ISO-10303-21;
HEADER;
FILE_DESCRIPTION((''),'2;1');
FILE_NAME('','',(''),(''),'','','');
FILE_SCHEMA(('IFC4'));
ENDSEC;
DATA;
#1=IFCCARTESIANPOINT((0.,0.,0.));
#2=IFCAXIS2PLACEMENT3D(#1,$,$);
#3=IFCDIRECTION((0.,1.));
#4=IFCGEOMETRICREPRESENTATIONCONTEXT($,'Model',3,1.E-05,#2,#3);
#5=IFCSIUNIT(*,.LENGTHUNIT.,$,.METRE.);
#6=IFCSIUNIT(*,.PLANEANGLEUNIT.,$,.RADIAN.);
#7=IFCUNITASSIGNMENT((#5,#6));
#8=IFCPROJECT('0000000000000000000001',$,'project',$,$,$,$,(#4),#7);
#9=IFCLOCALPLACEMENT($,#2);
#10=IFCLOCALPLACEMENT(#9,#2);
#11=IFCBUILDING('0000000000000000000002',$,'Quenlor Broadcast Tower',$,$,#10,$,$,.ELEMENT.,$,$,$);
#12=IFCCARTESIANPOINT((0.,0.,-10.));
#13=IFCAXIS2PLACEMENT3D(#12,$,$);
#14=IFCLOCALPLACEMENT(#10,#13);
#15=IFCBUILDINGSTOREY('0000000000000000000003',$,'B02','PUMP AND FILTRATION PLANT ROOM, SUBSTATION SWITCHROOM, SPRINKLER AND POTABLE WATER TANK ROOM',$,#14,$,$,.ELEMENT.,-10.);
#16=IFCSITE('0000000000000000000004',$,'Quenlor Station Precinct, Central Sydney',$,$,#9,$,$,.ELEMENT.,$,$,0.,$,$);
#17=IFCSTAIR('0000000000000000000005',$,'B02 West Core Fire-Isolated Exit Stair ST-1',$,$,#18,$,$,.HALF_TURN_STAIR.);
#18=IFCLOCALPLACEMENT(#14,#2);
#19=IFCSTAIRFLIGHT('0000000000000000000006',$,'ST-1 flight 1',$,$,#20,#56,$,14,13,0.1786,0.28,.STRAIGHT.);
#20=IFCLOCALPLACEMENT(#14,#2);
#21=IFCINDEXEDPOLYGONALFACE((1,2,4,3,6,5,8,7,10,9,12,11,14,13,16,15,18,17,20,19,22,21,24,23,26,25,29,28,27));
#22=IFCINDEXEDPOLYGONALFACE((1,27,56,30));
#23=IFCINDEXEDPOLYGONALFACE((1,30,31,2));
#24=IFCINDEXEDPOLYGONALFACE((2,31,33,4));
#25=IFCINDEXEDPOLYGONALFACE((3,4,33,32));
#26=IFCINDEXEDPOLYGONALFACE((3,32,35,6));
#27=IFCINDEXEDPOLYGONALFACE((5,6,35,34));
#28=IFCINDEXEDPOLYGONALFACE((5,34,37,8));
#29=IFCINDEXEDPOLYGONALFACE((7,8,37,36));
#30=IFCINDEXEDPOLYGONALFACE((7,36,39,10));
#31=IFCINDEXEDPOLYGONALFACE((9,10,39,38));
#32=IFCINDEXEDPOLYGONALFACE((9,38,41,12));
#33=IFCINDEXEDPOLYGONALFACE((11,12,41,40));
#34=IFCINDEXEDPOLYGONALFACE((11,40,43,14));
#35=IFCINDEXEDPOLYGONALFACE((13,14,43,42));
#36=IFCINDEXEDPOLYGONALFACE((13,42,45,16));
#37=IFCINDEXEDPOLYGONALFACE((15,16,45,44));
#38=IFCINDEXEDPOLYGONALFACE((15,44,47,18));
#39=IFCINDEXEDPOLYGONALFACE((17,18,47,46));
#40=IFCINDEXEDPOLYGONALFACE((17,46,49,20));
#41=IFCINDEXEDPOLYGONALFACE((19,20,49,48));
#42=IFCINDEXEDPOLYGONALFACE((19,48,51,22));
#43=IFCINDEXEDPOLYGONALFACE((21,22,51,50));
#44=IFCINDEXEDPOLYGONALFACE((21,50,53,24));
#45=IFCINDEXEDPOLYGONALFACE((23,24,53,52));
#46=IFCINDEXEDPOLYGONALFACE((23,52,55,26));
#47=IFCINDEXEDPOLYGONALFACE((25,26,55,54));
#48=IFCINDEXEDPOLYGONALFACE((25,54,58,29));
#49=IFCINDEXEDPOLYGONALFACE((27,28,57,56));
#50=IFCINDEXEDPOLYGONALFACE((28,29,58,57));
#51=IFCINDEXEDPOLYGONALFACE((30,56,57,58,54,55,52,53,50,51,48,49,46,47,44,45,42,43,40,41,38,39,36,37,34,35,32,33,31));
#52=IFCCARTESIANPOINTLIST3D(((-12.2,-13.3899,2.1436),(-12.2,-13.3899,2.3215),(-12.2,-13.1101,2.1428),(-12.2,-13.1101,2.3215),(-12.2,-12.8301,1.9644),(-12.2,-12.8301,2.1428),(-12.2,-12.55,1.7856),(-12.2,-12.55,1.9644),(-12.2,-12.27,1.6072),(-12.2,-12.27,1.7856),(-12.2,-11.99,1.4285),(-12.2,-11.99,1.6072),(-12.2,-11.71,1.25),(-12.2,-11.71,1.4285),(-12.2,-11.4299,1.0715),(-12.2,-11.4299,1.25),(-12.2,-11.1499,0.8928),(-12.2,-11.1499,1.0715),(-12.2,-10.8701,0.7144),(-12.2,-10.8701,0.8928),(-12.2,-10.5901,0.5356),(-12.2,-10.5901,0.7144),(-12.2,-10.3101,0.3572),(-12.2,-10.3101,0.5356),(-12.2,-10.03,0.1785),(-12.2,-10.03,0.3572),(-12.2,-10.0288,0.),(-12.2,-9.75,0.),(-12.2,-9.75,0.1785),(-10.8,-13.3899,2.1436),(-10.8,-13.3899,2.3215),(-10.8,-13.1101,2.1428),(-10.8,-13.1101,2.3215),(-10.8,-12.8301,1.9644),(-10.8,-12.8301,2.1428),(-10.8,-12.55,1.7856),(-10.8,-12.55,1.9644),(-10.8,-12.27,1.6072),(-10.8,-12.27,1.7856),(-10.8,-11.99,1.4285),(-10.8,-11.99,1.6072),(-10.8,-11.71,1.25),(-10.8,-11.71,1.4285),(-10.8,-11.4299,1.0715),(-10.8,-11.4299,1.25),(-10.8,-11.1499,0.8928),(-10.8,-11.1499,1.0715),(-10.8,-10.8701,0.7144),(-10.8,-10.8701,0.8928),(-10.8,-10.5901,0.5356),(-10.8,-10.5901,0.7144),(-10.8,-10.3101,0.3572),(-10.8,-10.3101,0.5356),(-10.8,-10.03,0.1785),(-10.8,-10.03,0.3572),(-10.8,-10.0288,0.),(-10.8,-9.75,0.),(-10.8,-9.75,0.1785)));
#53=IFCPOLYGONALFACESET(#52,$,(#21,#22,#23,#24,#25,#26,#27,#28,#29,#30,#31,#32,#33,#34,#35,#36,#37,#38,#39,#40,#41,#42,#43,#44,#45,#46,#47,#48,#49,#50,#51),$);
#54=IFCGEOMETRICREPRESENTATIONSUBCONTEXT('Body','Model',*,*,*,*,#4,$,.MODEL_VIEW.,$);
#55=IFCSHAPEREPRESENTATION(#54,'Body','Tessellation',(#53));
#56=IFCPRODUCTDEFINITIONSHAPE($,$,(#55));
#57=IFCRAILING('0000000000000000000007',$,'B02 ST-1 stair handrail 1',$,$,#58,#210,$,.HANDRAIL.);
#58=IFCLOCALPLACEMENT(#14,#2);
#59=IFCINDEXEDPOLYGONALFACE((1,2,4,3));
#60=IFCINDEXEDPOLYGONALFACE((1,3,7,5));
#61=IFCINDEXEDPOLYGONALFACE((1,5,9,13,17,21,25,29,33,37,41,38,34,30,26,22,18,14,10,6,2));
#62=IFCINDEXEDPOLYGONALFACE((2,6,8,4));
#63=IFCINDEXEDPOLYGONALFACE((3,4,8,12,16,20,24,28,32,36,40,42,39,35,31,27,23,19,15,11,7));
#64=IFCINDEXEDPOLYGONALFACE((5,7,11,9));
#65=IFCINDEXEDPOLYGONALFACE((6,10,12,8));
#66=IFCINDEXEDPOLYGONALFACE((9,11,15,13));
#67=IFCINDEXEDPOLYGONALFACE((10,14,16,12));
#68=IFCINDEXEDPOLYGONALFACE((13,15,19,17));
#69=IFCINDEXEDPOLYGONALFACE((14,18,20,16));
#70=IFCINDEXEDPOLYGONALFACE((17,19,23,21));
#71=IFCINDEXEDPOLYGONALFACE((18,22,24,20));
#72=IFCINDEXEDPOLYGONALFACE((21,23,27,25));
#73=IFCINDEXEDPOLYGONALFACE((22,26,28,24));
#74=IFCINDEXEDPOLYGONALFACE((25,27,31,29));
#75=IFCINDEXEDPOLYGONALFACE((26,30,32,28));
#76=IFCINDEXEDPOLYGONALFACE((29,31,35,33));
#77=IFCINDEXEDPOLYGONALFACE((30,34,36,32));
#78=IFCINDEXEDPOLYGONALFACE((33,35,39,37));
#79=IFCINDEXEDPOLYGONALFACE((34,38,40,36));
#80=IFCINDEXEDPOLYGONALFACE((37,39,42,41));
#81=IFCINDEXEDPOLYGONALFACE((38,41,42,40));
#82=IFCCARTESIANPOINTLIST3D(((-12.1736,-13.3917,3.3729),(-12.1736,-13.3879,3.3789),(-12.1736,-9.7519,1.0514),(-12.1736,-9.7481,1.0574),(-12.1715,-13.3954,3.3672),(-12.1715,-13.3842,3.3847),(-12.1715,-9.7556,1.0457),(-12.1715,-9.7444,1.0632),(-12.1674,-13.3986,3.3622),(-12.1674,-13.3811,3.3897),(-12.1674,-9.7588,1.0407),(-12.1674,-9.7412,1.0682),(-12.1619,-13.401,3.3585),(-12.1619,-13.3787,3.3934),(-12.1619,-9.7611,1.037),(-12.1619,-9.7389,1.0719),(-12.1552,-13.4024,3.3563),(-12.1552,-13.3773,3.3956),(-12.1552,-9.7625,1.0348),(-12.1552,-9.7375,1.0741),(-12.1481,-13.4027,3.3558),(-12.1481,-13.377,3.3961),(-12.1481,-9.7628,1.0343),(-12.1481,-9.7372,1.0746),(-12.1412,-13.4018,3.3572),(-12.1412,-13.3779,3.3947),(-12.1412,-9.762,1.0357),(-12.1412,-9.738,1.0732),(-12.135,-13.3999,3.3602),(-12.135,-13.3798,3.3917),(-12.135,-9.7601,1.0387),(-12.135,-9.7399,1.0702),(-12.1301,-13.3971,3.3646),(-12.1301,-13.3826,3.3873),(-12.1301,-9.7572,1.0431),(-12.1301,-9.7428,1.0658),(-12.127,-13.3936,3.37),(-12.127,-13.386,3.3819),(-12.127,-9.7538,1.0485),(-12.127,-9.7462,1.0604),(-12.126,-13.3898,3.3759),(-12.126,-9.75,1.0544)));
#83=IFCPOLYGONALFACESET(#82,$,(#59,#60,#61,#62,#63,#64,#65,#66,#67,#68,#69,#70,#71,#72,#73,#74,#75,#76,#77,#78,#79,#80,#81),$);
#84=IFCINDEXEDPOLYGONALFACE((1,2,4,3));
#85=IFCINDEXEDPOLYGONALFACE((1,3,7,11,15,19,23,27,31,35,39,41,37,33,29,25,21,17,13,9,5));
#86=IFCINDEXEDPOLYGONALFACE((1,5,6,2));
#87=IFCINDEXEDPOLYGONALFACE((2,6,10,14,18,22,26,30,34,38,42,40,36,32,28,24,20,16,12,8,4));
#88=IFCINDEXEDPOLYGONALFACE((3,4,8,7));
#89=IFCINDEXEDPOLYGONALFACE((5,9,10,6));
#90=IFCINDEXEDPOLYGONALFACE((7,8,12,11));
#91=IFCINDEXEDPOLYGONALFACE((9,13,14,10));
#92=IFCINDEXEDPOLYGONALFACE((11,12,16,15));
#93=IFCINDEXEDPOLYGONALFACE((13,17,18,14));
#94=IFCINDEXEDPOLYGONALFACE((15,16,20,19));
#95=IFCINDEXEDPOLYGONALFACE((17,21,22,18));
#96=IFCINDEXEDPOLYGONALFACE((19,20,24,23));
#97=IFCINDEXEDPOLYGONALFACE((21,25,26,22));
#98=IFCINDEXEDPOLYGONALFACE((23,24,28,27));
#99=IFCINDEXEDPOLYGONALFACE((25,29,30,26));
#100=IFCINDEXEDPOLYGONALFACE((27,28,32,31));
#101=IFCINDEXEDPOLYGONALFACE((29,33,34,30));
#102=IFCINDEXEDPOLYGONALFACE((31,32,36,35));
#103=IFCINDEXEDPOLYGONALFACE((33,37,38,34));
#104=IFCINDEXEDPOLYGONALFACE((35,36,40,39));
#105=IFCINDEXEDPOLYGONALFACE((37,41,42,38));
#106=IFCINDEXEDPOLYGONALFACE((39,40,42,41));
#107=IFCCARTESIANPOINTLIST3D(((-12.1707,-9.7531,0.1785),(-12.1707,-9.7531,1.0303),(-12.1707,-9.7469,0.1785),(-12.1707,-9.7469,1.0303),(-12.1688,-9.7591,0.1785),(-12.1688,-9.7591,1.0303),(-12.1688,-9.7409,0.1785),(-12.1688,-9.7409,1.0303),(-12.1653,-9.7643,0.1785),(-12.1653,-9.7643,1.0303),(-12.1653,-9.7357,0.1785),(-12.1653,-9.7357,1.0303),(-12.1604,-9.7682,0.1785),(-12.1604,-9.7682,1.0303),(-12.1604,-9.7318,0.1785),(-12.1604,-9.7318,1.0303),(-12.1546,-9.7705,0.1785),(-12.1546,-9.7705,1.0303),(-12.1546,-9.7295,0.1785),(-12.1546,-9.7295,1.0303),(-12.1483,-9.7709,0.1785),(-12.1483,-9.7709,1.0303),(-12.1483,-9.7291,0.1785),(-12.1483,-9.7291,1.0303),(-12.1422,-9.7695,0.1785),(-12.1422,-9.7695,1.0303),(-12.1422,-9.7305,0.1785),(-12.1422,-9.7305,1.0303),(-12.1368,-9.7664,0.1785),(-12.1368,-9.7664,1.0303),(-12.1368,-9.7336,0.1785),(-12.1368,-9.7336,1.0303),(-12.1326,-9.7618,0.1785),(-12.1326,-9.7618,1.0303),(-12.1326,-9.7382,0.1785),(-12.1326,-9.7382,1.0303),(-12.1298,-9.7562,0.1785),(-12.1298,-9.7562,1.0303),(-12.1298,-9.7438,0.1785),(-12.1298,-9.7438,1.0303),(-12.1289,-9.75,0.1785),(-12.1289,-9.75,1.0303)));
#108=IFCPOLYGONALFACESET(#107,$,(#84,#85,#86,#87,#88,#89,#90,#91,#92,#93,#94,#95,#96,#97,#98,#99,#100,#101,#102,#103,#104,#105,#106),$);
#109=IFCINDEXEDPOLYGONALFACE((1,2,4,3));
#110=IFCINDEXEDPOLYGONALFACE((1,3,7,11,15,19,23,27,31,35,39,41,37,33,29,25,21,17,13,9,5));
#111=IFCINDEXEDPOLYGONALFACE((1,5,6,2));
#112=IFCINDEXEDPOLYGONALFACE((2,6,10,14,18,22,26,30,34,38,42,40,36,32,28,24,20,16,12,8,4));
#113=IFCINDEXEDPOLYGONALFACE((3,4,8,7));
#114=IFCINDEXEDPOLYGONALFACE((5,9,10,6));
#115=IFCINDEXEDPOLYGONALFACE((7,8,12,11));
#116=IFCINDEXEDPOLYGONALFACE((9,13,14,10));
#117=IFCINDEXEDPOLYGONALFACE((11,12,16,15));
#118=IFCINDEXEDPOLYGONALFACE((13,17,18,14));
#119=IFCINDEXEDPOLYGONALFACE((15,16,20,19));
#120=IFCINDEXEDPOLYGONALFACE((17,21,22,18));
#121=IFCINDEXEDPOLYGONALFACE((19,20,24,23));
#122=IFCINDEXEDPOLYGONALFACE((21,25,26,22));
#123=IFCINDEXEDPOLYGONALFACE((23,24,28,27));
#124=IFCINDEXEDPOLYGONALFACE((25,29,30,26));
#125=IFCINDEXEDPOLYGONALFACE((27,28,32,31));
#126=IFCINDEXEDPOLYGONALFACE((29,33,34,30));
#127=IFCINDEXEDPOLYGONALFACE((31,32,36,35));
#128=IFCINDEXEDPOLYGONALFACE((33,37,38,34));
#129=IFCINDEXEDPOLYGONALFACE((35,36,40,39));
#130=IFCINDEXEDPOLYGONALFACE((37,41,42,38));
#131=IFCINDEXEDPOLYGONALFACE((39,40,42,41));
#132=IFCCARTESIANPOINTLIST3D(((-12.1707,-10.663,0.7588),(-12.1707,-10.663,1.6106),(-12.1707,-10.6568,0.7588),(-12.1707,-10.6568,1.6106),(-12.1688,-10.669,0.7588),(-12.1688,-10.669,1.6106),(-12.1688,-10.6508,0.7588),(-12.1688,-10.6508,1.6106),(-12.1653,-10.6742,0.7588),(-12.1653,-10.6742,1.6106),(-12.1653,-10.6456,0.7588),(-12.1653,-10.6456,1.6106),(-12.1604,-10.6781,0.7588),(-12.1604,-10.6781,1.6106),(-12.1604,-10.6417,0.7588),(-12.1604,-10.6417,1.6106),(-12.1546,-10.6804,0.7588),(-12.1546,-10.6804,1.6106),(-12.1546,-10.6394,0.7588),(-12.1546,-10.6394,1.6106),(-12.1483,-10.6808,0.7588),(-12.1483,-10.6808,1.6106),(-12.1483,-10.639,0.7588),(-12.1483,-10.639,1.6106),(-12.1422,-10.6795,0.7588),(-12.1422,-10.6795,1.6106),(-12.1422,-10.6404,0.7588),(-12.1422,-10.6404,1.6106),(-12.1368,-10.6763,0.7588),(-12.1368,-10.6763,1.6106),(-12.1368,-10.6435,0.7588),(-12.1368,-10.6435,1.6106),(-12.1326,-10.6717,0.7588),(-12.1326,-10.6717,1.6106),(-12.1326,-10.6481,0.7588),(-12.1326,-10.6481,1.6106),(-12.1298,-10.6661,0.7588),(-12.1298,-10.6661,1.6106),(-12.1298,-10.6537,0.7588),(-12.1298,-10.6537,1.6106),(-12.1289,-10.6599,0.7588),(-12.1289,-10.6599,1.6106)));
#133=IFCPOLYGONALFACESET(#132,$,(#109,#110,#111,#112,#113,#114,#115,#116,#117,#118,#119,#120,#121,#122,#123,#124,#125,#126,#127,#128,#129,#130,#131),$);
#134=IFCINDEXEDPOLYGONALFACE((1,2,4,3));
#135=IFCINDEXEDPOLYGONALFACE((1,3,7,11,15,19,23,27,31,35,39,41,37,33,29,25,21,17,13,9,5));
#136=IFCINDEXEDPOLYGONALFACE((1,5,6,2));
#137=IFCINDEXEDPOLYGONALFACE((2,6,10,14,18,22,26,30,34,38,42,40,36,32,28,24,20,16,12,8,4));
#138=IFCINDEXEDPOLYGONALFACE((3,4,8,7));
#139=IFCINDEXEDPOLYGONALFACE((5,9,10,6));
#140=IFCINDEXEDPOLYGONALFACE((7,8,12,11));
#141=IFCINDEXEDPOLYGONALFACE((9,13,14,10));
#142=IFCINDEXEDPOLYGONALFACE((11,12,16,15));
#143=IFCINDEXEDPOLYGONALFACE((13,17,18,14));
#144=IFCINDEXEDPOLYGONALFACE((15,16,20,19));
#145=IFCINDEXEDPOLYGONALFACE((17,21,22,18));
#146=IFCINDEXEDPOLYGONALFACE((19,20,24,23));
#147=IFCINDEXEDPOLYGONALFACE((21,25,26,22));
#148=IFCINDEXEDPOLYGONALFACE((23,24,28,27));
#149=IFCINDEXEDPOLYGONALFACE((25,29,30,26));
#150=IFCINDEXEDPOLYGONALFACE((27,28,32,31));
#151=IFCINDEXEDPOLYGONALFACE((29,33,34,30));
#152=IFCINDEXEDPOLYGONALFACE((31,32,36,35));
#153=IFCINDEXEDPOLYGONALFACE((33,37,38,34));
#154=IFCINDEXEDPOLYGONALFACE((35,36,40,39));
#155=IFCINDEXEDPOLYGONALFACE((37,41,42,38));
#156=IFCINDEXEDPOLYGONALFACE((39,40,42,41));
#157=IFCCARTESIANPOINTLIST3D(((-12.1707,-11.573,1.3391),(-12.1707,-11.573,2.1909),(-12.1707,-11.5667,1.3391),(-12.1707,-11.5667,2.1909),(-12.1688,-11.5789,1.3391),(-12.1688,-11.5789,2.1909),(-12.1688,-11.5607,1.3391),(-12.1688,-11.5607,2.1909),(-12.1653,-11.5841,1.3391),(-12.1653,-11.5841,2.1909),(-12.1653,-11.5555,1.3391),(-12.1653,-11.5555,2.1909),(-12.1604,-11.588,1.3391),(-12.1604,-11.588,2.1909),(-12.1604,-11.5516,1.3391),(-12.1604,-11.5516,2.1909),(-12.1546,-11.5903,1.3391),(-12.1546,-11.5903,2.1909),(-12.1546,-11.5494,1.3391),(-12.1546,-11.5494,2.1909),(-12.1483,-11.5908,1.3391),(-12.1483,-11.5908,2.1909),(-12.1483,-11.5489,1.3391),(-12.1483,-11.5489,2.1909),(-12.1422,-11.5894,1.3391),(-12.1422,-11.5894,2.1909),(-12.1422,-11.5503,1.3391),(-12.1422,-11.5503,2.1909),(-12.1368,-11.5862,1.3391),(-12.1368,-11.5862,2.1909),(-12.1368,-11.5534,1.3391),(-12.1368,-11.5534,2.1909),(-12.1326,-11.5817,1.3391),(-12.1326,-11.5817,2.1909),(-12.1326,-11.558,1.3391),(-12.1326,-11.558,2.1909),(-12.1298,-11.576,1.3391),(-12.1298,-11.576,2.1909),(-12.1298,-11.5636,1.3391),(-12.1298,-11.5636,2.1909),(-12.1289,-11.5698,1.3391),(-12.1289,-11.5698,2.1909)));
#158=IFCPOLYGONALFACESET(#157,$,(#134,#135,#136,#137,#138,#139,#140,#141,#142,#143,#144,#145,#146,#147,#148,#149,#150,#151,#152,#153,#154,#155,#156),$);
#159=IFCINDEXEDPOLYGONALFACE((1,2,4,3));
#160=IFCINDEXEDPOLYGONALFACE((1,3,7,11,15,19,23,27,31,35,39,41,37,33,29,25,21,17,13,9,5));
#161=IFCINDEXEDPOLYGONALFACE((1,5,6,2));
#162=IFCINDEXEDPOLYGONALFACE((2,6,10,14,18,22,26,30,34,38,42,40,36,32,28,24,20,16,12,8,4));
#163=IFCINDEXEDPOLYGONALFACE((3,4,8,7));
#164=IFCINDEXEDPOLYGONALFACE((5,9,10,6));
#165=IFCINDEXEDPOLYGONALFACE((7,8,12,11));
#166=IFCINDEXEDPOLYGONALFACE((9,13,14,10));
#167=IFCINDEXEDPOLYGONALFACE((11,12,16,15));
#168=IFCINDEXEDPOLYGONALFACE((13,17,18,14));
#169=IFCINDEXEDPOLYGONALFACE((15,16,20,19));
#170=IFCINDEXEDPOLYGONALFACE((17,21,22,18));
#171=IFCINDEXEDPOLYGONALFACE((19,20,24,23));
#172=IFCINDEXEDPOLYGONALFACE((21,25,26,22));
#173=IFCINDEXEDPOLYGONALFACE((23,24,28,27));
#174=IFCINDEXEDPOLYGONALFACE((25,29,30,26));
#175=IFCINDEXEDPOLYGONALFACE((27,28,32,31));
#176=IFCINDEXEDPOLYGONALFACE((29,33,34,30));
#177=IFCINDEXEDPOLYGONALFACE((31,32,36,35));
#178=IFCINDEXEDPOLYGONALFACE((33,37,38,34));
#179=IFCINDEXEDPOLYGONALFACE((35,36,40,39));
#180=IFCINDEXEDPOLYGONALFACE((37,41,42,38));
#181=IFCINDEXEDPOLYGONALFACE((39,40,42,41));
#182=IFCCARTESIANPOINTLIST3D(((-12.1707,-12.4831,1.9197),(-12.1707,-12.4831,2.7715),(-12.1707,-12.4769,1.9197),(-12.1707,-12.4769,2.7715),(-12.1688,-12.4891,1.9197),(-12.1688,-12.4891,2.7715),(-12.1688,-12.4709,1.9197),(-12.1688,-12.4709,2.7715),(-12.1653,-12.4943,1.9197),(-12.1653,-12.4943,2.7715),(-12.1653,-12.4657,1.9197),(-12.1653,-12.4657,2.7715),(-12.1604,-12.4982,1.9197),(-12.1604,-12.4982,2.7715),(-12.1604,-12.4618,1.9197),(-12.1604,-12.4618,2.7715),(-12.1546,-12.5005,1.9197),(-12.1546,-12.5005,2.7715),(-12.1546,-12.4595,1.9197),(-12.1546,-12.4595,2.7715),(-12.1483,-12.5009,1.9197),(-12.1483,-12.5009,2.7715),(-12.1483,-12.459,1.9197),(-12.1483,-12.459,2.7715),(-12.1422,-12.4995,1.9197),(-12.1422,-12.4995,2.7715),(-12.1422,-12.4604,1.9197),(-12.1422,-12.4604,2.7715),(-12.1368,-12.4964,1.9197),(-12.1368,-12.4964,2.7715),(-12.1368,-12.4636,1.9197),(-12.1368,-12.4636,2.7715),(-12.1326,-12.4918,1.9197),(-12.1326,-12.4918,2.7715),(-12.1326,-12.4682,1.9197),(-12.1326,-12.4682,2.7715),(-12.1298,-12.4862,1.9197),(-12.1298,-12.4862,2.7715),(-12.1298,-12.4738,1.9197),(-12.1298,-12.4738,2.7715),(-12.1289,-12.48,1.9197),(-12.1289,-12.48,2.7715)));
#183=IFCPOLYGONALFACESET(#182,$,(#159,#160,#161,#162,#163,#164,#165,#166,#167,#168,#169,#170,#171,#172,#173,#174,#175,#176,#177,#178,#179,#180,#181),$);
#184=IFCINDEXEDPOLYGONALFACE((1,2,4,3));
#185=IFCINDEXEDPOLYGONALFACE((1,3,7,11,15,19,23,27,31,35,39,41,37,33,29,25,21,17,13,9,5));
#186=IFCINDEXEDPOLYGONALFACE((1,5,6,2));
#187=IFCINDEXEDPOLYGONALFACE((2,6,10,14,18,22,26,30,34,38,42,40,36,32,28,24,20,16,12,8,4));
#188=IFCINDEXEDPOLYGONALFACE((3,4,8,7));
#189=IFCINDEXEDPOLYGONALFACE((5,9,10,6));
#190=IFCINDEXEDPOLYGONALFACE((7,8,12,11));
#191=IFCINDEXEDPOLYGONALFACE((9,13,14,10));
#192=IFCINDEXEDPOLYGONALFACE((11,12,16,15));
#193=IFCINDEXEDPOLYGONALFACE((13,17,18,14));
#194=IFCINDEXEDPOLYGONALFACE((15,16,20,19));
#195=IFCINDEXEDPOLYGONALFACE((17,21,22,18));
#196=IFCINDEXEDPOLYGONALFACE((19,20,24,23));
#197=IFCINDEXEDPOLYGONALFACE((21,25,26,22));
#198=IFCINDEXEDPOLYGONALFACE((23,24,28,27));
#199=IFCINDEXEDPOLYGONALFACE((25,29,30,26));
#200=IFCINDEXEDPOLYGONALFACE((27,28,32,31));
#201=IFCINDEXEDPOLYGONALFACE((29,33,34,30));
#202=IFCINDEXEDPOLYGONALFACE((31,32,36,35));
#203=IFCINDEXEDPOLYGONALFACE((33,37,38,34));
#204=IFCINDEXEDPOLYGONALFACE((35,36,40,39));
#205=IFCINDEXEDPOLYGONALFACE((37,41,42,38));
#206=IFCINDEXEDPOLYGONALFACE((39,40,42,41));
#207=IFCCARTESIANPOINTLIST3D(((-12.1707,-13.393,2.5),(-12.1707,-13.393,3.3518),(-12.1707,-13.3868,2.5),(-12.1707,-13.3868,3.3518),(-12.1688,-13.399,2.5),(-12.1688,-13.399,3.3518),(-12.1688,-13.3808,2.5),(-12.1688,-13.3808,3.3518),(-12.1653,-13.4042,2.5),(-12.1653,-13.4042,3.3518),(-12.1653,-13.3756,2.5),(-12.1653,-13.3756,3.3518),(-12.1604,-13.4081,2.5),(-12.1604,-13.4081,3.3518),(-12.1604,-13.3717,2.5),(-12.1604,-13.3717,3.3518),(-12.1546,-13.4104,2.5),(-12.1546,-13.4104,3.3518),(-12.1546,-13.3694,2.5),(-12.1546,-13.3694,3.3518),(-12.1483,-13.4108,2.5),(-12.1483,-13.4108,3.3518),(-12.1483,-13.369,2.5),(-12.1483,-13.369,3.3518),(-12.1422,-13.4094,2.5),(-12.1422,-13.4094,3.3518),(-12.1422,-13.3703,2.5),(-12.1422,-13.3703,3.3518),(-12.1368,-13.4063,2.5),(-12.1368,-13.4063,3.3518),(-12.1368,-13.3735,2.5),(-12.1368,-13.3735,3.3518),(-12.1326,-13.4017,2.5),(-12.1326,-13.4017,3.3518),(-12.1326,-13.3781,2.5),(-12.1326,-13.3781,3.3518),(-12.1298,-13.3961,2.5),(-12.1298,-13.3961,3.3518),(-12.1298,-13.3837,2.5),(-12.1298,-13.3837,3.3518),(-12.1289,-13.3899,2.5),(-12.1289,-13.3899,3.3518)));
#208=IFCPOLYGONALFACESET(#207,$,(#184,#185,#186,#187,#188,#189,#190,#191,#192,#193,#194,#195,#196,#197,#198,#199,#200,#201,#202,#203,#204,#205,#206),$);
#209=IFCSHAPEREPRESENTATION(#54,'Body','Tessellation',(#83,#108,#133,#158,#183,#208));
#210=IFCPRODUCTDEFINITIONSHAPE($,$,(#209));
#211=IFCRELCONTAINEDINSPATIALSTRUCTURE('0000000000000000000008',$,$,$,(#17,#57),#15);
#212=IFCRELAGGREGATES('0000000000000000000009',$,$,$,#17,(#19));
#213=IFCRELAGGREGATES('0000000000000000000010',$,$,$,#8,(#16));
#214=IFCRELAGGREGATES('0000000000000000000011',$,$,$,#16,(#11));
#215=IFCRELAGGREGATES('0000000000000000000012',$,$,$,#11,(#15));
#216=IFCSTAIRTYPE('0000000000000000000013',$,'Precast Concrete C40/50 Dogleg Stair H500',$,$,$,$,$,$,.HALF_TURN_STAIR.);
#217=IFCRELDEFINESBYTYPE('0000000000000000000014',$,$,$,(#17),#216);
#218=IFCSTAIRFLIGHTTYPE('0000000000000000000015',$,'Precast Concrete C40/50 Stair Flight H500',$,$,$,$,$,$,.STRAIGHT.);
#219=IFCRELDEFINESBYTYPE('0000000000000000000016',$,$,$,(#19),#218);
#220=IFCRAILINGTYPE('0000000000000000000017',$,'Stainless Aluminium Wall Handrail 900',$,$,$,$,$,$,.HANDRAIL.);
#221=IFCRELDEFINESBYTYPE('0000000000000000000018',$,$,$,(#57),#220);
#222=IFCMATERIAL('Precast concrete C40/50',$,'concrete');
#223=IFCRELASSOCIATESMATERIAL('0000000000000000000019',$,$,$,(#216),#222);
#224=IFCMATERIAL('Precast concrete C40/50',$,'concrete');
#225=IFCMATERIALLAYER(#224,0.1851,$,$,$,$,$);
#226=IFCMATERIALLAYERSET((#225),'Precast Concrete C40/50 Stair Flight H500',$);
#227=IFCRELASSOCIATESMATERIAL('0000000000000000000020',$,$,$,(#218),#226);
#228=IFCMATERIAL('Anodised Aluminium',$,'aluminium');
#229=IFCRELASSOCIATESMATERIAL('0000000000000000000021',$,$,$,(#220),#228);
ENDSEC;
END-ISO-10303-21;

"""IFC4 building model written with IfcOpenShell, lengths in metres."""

from ifc_helpers import new_model, si_unit, direction, frame, origin, origin_2d, place, context, subcontext, project, spatial, polyline, circle, outline, extrude, material, layer, layer_set, type_object, element, aggregate, save


model = new_model("IFC4")

# Units and contexts
model_context = context("Model", 3, precision=1e-05, world=origin(), true_north=direction((0.0, 1.0)))
body_context = subcontext(model_context, "Body", "Model", "MODEL_VIEW")
ifc_project = project(units=[si_unit("LENGTHUNIT", "METRE"), si_unit("PLANEANGLEUNIT", "RADIAN")], contexts=[model_context])

# Site, building, storey
site_placement = place(None, origin())
site = spatial("IfcSite", under=ifc_project, at=site_placement, Name="Quenlor Station Precinct, Central Sydney", CompositionType="ELEMENT", RefElevation=0.0)
building_placement = place(site_placement, origin())
building = spatial("IfcBuilding", under=site, at=building_placement, Name="Quenlor Broadcast Tower", CompositionType="ELEMENT")
storey_placement = place(building_placement, frame((0.0, 0.0, -10.0)))
storey = spatial("IfcBuildingStorey", under=building, at=storey_placement, Name="B02", Description="PUMP AND FILTRATION PLANT ROOM, SUBSTATION SWITCHROOM, SPRINKLER AND POTABLE WATER TANK ROOM", CompositionType="ELEMENT", Elevation=-10.0)

# Stair, stair flight
ifc_material_1 = material(Name="Precast concrete C40/50", Category="concrete")
stair_type = type_object("IfcStairType", Name="Precast Concrete C40/50 Dogleg Stair H500", PredefinedType="HALF_TURN_STAIR", material=ifc_material_1)
stair_placement = place(storey_placement, origin())
stair = element("IfcStair", 1, at=stair_placement, inside=storey, type_object=stair_type, Name="B02 West Core Fire-Isolated Exit Stair ST-1", PredefinedType="HALF_TURN_STAIR")
ifc_material_2 = material(Name="Precast concrete C40/50", Category="concrete")
ifc_layer_1 = layer(ifc_material_2, 0.1851)
ifc_layer_set_1 = layer_set([ifc_layer_1], Name="Precast Concrete C40/50 Stair Flight H500")
stair_flight_type = type_object("IfcStairFlightType", Name="Precast Concrete C40/50 Stair Flight H500", PredefinedType="STRAIGHT", material=ifc_layer_set_1)
stair_flight_placement = place(storey_placement, frame((-11.5, -9.75, 0.0), z_axis=(0.0, 0.0, 1.0), x_axis=(0.0, -1.0, 0.0)))
stair_flight = element("IfcStairFlight", 2, at=stair_flight_placement, type_object=stair_flight_type, Name="ST-1 flight 1", NumberOfRisers=14, NumberOfTreads=13, PredefinedType="STRAIGHT", RiserHeight=0.1786, TreadLength=0.28, context=body_context, shape_type="SweptSolid", body=[
    extrude(outline(polyline([(0.0, 0.0), (0.0, 0.1785), (0.28, 0.1785), (0.28, 0.3572), (0.5601, 0.3572), (0.5601, 0.5356), (0.8401, 0.5356), (0.8401, 0.7144), (1.1201, 0.7144), (1.1201, 0.8928), (1.3999, 0.8928), (1.3999, 1.0715), (1.6799, 1.0715), (1.6799, 1.25), (1.96, 1.25), (1.96, 1.4285), (2.24, 1.4285), (2.24, 1.6072), (2.52, 1.6072), (2.52, 1.7856), (2.8, 1.7856), (2.8, 1.9644), (3.0801, 1.9644), (3.0801, 2.1428), (3.3601, 2.1428), (3.3601, 2.3215), (3.6399, 2.3215), (3.6399, 2.5), (3.6399, 2.1436), (0.2788, 0.0), (0.0, 0.0)])), frame((0.0, 0.7, 0.0), z_axis=(0.0, -1.0, 0.0), x_axis=(1.0, 0.0, 0.0)), (0.0, 0.0, 1.0), 1.3999),
])
aggregate(stair, [stair_flight])

# Railing
ifc_material_3 = material(Name="Anodised Aluminium", Category="aluminium")
railing_type_1 = type_object("IfcRailingType", Name="Stainless Aluminium Wall Handrail 900", PredefinedType="HANDRAIL", material=ifc_material_3)
railing_1_placement = place(storey_placement, frame((-12.1499, -9.75, 0.1785)))
element("IfcRailing", 3, at=railing_1_placement, inside=storey, type_object=railing_type_1, Name="B02 ST-1 stair handrail 1", PredefinedType="HANDRAIL", context=body_context, shape_type="SweptSolid", body=[
    extrude(circle(Radius=0.0239, at=origin_2d()), frame((0.0, 0.0, 0.876), z_axis=(0.0, -0.843112, 0.537739), x_axis=(1.0, 0.0, 0.0)), (0.0, 0.0, 1.0), 4.3171),
    extrude(circle(Radius=0.021, at=origin_2d()), origin(), (0.0, 0.0, 1.0), 0.8518),
    extrude(circle(Radius=0.021, at=origin_2d()), frame((0.0, -0.9099, 0.5803)), (0.0, 0.0, 1.0), 0.8518),
    extrude(circle(Radius=0.021, at=origin_2d()), frame((0.0, -1.8198, 1.1606)), (0.0, 0.0, 1.0), 0.8518),
    extrude(circle(Radius=0.021, at=origin_2d()), frame((0.0, -2.73, 1.7412)), (0.0, 0.0, 1.0), 0.8518),
    extrude(circle(Radius=0.021, at=origin_2d()), frame((0.0, -3.6399, 2.3215)), (0.0, 0.0, 1.0), 0.8518),
])

save(model, "model.ifc")
